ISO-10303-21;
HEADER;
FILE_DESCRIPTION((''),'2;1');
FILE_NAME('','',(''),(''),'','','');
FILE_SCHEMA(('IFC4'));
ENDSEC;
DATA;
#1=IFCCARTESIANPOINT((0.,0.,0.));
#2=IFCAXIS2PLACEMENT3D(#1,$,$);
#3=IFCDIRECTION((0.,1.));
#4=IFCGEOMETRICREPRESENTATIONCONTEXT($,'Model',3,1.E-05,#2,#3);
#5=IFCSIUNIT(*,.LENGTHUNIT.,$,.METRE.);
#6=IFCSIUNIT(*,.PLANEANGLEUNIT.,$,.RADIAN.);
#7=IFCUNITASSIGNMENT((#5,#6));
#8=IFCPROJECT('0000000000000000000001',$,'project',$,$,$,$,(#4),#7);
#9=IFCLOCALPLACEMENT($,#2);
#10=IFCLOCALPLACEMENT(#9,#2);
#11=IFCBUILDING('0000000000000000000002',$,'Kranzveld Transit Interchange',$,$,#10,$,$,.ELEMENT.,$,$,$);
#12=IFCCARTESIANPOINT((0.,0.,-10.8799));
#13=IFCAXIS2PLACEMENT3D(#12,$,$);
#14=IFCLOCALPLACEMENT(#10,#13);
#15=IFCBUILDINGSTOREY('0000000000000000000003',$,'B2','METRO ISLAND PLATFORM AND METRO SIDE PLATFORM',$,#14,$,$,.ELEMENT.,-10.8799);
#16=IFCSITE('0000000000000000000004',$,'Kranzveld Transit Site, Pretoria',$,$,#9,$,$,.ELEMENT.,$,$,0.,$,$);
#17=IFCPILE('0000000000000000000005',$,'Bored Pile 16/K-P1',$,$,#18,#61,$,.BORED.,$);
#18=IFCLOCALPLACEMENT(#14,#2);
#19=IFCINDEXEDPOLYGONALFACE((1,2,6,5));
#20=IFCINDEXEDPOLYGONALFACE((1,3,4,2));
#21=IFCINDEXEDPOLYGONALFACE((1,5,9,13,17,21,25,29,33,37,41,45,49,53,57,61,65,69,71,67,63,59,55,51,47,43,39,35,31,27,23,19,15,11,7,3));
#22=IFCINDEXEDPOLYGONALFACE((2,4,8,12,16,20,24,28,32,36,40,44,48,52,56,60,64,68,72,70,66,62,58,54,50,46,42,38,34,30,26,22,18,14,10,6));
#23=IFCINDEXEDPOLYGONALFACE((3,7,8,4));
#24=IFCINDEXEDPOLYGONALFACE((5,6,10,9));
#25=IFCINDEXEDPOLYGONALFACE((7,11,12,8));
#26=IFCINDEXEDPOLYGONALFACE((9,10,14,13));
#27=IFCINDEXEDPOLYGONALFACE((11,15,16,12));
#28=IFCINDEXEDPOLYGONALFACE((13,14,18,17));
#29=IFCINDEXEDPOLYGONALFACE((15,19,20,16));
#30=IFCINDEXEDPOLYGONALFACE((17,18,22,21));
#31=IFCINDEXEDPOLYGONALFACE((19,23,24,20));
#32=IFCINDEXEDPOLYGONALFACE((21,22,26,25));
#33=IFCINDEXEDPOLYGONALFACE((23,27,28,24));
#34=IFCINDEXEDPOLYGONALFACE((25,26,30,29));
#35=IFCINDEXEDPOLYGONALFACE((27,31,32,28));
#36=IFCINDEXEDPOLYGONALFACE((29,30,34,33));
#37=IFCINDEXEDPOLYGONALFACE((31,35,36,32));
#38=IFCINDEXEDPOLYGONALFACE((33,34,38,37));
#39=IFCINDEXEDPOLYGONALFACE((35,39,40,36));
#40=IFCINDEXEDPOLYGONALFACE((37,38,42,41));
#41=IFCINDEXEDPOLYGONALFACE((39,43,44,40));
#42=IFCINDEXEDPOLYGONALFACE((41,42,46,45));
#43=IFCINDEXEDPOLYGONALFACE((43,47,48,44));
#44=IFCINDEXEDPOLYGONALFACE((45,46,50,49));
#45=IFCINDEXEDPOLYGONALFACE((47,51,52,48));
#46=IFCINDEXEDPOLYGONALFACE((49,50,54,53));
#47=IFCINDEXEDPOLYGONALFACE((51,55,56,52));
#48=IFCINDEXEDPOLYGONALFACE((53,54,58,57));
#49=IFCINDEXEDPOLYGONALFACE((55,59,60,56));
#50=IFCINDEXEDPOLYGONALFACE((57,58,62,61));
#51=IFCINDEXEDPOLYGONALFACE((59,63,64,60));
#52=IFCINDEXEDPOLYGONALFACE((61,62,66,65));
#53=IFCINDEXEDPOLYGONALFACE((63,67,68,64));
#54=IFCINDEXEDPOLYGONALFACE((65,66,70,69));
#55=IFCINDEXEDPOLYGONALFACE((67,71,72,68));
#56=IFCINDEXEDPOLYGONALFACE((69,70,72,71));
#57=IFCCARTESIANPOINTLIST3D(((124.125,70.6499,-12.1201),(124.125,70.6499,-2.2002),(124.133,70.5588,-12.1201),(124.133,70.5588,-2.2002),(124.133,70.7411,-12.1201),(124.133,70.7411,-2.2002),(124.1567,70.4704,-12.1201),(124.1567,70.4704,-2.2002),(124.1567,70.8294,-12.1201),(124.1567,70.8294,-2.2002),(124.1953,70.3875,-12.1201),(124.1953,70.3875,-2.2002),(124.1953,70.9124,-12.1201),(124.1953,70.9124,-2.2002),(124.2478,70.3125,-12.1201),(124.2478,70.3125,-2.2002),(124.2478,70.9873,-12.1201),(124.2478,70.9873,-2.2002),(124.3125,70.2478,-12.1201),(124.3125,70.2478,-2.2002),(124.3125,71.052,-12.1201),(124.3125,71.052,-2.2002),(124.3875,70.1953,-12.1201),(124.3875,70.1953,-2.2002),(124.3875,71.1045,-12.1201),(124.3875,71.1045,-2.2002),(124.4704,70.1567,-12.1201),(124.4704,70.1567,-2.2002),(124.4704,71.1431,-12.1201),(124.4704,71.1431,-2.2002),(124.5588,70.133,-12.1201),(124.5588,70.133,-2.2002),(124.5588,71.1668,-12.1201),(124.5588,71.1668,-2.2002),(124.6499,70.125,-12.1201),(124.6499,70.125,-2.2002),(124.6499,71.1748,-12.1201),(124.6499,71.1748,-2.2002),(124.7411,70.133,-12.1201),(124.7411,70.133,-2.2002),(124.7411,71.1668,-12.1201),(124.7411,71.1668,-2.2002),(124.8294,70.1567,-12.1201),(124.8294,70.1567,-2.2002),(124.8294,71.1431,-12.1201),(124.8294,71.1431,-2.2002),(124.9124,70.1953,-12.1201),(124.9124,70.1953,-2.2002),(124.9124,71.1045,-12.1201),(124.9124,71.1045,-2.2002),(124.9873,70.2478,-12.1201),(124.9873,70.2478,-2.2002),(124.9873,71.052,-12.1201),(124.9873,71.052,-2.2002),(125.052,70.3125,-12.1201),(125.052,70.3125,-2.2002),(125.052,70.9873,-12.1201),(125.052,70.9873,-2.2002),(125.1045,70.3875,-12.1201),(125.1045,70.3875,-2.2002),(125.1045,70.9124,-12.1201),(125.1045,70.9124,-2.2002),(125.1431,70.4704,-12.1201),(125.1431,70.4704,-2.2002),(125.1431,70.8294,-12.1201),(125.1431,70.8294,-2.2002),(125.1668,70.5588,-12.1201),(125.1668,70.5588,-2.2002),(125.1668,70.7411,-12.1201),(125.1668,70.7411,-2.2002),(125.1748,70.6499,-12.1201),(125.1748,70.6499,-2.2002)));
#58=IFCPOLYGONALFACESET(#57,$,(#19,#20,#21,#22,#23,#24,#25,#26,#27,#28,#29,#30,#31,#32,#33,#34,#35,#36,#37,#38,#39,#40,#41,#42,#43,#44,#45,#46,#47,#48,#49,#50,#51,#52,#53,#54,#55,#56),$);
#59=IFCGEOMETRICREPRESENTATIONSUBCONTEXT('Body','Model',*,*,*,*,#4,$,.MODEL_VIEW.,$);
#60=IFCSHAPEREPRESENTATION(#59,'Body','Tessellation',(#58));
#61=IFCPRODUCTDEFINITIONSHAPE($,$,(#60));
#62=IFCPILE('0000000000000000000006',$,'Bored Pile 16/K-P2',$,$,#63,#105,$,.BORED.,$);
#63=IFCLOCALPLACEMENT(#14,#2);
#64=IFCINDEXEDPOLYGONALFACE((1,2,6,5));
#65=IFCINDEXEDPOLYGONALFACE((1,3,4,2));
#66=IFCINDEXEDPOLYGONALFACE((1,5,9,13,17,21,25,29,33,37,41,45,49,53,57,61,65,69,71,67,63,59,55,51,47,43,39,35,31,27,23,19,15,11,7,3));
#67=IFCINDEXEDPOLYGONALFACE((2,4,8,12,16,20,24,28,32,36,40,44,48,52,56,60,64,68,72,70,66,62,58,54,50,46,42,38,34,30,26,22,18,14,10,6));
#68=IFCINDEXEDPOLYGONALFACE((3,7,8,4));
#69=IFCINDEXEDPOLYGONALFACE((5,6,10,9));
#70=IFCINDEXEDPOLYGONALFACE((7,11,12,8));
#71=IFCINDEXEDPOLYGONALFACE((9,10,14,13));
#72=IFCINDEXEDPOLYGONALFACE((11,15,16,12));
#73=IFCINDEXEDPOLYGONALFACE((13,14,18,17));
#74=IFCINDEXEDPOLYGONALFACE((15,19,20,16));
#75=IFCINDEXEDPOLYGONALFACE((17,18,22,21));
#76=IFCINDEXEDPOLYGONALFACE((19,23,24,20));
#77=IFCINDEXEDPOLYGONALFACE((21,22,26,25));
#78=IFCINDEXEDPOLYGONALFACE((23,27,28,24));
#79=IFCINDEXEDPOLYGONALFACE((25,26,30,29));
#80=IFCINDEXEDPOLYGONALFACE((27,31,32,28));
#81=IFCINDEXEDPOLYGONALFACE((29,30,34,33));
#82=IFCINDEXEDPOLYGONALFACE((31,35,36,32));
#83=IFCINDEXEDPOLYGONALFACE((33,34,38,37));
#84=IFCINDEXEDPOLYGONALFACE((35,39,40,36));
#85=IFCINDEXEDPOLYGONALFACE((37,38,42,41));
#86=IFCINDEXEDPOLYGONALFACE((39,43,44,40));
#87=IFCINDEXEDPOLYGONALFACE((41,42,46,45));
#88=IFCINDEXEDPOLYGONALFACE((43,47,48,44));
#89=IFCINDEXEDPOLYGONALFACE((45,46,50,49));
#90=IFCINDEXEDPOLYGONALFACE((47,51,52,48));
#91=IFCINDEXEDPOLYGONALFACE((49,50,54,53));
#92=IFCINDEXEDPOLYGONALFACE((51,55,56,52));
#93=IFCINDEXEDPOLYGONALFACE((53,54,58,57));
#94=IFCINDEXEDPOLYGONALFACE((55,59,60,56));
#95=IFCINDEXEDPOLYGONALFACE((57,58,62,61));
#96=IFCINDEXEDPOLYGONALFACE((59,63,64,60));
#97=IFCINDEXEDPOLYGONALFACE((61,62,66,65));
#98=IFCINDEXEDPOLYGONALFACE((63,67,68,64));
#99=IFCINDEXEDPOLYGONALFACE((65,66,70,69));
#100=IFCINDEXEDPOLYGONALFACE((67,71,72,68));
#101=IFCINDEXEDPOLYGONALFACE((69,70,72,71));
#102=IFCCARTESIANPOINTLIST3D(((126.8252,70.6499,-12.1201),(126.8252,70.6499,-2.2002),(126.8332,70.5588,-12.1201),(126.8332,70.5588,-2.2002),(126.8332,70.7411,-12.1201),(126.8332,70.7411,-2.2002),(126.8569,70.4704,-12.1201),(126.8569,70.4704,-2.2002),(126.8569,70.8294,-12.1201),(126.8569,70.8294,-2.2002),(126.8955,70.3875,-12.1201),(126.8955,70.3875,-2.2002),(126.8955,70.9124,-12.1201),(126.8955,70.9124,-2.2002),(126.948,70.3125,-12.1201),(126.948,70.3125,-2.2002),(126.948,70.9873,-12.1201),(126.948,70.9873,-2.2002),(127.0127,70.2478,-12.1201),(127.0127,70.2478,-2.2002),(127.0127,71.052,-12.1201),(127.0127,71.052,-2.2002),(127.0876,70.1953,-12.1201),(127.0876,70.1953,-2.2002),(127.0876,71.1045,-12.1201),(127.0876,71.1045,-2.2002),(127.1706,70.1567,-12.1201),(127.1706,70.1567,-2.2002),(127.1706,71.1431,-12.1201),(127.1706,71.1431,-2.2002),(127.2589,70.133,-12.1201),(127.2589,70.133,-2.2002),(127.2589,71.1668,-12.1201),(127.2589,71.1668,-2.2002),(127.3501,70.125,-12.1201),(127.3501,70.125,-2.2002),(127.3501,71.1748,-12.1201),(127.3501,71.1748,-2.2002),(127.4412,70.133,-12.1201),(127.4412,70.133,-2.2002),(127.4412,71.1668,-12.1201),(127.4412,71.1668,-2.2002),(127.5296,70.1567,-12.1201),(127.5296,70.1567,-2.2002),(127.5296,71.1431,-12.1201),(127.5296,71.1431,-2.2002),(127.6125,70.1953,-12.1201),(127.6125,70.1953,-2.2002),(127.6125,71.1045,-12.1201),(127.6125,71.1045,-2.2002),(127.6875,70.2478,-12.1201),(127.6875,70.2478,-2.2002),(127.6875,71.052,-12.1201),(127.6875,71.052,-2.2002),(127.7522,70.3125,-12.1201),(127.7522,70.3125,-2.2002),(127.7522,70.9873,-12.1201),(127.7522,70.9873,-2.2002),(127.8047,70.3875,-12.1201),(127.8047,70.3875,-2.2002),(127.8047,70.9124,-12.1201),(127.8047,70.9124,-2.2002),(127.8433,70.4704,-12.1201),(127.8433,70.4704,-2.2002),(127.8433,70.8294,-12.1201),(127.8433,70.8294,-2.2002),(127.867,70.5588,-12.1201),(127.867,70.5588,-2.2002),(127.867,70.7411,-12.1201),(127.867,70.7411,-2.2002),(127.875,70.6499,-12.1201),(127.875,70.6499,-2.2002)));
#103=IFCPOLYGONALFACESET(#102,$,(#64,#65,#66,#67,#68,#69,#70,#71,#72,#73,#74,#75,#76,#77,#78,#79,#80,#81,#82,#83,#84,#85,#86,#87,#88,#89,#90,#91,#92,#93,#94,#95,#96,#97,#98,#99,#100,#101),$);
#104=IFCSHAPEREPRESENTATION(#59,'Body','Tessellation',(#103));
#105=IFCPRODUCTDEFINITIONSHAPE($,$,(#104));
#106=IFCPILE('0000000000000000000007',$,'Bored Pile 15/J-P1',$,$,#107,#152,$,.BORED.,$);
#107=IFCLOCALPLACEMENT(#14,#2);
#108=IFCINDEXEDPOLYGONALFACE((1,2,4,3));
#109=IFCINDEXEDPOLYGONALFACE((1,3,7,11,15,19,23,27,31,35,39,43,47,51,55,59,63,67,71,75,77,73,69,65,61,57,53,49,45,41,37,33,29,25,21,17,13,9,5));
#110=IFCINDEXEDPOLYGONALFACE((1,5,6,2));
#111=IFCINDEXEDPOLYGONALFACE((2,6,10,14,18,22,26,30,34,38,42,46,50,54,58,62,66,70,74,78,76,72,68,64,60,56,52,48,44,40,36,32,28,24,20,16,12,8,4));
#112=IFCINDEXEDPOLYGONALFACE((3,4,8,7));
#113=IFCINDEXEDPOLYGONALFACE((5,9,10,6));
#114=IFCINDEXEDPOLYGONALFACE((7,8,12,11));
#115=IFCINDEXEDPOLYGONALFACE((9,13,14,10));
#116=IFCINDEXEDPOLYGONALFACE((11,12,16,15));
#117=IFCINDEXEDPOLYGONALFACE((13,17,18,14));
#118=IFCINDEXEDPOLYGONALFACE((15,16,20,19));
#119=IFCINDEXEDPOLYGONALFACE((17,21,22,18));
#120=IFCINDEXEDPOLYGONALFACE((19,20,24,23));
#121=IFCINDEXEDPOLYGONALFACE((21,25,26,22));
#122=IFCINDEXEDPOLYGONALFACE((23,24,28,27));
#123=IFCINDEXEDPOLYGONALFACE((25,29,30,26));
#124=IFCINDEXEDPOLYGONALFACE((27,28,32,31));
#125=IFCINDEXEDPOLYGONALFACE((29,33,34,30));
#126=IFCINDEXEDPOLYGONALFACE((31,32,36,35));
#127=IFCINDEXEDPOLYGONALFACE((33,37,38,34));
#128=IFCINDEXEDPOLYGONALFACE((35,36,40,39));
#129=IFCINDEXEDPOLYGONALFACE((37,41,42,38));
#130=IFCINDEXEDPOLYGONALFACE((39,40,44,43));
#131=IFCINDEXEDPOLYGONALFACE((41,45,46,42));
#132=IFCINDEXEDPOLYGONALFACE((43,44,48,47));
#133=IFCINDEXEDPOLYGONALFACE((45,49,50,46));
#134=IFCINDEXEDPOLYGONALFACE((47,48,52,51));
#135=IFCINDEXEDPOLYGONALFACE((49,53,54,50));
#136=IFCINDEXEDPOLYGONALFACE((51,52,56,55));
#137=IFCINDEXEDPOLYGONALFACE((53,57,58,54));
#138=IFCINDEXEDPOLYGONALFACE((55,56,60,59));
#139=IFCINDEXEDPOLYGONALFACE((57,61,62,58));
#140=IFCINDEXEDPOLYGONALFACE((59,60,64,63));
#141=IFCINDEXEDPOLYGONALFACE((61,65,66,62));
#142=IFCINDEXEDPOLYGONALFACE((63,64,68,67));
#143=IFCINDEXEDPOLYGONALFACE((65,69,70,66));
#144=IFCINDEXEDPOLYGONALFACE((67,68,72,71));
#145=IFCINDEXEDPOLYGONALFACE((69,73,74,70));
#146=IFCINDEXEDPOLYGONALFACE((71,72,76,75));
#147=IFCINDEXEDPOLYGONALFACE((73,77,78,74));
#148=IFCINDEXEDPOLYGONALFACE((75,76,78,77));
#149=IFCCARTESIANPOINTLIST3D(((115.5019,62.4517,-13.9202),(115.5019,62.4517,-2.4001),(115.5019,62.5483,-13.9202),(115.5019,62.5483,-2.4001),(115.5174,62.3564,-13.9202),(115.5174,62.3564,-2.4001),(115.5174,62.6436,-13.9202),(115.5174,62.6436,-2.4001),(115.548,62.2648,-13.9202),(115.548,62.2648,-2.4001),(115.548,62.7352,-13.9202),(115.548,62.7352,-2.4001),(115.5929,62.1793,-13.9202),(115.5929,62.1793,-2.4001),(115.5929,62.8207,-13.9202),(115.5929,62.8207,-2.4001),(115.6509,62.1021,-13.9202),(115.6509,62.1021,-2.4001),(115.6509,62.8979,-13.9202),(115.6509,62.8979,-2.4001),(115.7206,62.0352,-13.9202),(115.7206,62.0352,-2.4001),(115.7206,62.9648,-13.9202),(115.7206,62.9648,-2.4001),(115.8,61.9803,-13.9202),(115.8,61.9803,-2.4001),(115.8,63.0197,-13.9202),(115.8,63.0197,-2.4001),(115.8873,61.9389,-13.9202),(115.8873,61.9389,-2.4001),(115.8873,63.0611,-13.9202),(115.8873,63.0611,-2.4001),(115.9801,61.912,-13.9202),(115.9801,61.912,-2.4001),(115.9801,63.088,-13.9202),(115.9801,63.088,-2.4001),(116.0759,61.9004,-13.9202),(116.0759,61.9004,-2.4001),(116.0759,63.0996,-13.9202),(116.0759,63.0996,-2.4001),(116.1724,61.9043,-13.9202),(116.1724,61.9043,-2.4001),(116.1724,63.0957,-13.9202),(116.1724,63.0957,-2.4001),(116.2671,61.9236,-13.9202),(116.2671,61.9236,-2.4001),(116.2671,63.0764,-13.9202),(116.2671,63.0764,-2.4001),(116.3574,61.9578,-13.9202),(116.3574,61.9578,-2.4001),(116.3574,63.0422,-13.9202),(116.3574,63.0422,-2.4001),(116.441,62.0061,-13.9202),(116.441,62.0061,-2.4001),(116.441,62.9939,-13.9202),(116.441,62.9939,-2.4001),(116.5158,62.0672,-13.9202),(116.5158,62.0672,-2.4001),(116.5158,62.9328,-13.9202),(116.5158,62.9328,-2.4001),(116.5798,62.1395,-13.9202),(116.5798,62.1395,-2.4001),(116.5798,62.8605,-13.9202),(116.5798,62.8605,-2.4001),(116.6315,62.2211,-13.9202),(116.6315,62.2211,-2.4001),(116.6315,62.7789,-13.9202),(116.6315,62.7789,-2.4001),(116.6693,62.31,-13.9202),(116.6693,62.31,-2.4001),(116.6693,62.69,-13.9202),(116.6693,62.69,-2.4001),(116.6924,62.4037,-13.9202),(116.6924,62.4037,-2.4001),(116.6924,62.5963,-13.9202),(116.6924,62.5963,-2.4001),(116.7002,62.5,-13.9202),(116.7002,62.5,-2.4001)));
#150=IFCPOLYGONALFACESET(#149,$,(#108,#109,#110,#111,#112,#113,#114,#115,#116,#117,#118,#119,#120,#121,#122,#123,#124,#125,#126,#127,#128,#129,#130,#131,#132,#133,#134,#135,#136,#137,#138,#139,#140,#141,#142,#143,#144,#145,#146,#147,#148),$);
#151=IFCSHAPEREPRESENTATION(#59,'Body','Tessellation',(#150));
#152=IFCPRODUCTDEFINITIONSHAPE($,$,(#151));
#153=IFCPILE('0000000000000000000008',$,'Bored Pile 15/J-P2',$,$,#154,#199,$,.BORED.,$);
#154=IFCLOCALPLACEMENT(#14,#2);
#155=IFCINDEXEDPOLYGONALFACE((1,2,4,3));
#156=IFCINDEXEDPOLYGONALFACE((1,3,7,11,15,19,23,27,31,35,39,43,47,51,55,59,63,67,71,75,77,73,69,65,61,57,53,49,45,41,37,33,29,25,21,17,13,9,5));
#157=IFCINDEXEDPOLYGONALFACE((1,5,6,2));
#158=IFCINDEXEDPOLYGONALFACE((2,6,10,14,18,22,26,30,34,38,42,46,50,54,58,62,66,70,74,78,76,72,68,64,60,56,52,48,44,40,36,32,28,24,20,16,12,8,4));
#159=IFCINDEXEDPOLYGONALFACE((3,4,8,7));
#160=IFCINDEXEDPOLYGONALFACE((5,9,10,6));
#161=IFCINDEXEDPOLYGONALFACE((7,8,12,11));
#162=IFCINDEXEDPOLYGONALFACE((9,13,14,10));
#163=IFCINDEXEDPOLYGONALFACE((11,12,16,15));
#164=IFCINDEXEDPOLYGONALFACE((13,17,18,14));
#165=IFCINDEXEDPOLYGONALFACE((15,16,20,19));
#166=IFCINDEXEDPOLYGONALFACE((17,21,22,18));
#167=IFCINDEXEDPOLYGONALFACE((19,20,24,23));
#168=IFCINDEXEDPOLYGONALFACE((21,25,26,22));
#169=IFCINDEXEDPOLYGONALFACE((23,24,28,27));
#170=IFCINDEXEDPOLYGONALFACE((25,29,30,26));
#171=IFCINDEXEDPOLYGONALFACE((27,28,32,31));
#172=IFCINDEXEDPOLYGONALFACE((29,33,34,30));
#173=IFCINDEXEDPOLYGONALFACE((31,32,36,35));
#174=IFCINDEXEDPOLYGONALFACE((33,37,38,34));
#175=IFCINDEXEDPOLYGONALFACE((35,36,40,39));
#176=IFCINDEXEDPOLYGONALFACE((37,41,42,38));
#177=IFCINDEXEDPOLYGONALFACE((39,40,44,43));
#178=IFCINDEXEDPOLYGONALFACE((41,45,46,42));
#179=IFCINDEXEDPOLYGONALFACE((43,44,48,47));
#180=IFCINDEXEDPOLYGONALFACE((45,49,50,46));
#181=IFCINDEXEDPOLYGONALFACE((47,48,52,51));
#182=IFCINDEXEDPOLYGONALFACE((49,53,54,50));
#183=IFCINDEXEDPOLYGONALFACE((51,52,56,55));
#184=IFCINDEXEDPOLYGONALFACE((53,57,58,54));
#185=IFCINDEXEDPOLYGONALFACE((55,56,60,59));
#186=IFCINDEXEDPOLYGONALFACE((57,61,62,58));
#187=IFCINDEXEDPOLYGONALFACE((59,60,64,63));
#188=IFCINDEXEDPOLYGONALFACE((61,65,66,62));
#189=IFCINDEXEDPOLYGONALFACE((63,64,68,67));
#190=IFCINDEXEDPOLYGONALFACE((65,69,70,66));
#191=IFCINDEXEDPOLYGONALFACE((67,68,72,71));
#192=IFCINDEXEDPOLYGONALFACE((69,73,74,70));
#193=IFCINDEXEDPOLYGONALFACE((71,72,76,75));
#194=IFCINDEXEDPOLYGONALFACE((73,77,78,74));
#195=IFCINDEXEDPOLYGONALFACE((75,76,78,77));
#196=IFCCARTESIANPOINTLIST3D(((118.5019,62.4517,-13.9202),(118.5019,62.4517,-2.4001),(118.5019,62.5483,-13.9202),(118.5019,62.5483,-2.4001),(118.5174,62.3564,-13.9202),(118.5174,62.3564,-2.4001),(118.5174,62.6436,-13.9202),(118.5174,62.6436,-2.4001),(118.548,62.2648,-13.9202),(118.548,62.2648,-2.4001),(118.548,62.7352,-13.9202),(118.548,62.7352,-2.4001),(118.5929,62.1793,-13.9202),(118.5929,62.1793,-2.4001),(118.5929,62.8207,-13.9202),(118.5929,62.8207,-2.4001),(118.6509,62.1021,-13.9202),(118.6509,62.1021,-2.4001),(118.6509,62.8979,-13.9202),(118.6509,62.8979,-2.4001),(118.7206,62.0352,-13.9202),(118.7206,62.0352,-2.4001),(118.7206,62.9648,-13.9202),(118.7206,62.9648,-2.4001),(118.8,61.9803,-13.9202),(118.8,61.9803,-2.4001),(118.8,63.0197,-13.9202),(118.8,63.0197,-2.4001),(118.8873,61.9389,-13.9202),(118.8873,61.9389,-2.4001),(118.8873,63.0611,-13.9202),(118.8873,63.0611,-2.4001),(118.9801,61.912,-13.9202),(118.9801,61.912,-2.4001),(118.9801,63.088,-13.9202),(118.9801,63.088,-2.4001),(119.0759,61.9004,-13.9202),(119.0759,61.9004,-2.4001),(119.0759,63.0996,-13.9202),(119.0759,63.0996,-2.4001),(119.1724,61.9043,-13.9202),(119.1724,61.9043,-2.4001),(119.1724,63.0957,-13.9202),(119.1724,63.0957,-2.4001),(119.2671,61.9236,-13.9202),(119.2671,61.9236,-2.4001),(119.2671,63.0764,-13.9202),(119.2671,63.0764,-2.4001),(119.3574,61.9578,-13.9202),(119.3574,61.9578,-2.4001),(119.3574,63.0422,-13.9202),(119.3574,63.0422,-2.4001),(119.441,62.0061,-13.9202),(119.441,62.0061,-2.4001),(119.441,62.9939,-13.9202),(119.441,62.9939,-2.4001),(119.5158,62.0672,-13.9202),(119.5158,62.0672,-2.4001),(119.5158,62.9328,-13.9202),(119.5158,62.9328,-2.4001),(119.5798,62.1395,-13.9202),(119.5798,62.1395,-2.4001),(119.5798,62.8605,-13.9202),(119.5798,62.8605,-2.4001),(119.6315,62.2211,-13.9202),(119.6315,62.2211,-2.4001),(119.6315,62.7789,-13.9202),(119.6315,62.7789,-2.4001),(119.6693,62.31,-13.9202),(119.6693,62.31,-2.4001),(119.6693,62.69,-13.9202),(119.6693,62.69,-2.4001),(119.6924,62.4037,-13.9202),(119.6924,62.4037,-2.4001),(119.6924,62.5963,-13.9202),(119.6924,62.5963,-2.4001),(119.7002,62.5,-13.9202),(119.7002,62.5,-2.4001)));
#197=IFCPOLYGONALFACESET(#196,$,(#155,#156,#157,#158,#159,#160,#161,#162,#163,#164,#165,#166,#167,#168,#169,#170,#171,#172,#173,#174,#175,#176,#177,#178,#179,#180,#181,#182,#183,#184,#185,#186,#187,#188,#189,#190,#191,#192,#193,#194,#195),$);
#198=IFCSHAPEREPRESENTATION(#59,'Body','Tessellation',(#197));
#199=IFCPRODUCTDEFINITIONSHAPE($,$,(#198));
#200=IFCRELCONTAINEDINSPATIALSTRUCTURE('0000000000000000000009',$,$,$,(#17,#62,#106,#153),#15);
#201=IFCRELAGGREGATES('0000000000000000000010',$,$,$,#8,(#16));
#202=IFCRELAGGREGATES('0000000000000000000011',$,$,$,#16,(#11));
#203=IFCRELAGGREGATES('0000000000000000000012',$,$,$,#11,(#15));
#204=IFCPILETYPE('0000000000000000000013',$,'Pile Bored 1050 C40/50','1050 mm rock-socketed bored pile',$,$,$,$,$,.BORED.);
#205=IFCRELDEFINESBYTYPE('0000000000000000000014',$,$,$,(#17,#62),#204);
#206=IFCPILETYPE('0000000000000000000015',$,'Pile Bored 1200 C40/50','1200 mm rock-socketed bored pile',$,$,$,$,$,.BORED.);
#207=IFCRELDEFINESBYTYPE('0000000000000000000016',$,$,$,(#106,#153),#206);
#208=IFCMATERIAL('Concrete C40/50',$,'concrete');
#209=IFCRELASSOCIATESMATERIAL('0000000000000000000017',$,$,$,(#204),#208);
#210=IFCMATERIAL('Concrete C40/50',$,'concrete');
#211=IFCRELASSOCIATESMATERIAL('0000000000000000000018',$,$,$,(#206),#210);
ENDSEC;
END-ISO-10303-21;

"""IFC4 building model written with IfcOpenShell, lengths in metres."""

from ifc_helpers import new_model, si_unit, direction, frame, origin, origin_2d, place, context, subcontext, project, spatial, circle, extrude, material, material_profile, profile_set, type_object, element, save


model = new_model("IFC4")

# Units and contexts
model_context = context("Model", 3, precision=1e-05, world=origin(), true_north=direction((0.0, 1.0)))
body_context = subcontext(model_context, "Body", "Model", "MODEL_VIEW")
ifc_project = project(units=[si_unit("LENGTHUNIT", "METRE"), si_unit("PLANEANGLEUNIT", "RADIAN")], contexts=[model_context])

# Site, building, storey
site_placement = place(None, origin())
site = spatial("IfcSite", under=ifc_project, at=site_placement, Name="Kranzveld Transit Site, Pretoria", CompositionType="ELEMENT", RefElevation=0.0)
building_placement = place(site_placement, origin())
building = spatial("IfcBuilding", under=site, at=building_placement, Name="Kranzveld Transit Interchange", CompositionType="ELEMENT")
storey_placement = place(building_placement, frame((0.0, 0.0, -10.8799)))
storey = spatial("IfcBuildingStorey", under=building, at=storey_placement, Name="B2", Description="METRO ISLAND PLATFORM AND METRO SIDE PLATFORM", CompositionType="ELEMENT", Elevation=-10.8799)

# Piles
ifc_material_1 = material(Name="Concrete C40/50", Category="concrete")
ifc_material_profile_1 = material_profile(ifc_material_1, circle(Radius=0.5249, at=origin_2d()), Name="BORED PILE 1050")
ifc_profile_set_1 = profile_set([ifc_material_profile_1], Name="Concrete C40/50")
pile_type_1 = type_object("IfcPileType", Name="Pile Bored 1050 C40/50", Description="1050 mm rock-socketed bored pile", PredefinedType="BORED", material=ifc_profile_set_1)
for number, where, z_axis, x_axis, name in (
    (1, (124.6499, 70.6499, -2.2002), (0.0, 0.0, -1.0), (1.0, 0.0, 0.0), "Bored Pile 16/K-P1"),
    (2, (127.3501, 70.6499, -2.2002), (0.0, 0.0, -1.0), (1.0, 0.0, 0.0), "Bored Pile 16/K-P2"),
):
    element("IfcPile", number, at=place(storey_placement, frame(where, z_axis=z_axis, x_axis=x_axis)), inside=storey, type_object=pile_type_1, Name=name, PredefinedType="BORED", context=body_context, shape_type="SweptSolid", body=[
        extrude(circle(Radius=0.5249, at=origin_2d()), origin(), (0.0, 0.0, 1.0), 9.9199),
    ])
ifc_material_2 = material(Name="Concrete C40/50", Category="concrete")
ifc_material_profile_2 = material_profile(ifc_material_2, circle(Radius=0.6001, at=origin_2d()), Name="BORED PILE 1200")
ifc_profile_set_2 = profile_set([ifc_material_profile_2], Name="Concrete C40/50")
pile_type_2 = type_object("IfcPileType", Name="Pile Bored 1200 C40/50", Description="1200 mm rock-socketed bored pile", PredefinedType="BORED", material=ifc_profile_set_2)
for number, where, z_axis, x_axis, name in (
    (3, (116.1001, 62.5, -2.4001), (0.0, 0.0, -1.0), (1.0, 0.0, 0.0), "Bored Pile 15/J-P1"),
    (4, (119.1001, 62.5, -2.4001), (0.0, 0.0, -1.0), (1.0, 0.0, 0.0), "Bored Pile 15/J-P2"),
):
    element("IfcPile", number, at=place(storey_placement, frame(where, z_axis=z_axis, x_axis=x_axis)), inside=storey, type_object=pile_type_2, Name=name, PredefinedType="BORED", context=body_context, shape_type="SweptSolid", body=[
        extrude(circle(Radius=0.6001, at=origin_2d()), origin(), (0.0, 0.0, 1.0), 11.52),
    ])

save(model, "model.ifc")
